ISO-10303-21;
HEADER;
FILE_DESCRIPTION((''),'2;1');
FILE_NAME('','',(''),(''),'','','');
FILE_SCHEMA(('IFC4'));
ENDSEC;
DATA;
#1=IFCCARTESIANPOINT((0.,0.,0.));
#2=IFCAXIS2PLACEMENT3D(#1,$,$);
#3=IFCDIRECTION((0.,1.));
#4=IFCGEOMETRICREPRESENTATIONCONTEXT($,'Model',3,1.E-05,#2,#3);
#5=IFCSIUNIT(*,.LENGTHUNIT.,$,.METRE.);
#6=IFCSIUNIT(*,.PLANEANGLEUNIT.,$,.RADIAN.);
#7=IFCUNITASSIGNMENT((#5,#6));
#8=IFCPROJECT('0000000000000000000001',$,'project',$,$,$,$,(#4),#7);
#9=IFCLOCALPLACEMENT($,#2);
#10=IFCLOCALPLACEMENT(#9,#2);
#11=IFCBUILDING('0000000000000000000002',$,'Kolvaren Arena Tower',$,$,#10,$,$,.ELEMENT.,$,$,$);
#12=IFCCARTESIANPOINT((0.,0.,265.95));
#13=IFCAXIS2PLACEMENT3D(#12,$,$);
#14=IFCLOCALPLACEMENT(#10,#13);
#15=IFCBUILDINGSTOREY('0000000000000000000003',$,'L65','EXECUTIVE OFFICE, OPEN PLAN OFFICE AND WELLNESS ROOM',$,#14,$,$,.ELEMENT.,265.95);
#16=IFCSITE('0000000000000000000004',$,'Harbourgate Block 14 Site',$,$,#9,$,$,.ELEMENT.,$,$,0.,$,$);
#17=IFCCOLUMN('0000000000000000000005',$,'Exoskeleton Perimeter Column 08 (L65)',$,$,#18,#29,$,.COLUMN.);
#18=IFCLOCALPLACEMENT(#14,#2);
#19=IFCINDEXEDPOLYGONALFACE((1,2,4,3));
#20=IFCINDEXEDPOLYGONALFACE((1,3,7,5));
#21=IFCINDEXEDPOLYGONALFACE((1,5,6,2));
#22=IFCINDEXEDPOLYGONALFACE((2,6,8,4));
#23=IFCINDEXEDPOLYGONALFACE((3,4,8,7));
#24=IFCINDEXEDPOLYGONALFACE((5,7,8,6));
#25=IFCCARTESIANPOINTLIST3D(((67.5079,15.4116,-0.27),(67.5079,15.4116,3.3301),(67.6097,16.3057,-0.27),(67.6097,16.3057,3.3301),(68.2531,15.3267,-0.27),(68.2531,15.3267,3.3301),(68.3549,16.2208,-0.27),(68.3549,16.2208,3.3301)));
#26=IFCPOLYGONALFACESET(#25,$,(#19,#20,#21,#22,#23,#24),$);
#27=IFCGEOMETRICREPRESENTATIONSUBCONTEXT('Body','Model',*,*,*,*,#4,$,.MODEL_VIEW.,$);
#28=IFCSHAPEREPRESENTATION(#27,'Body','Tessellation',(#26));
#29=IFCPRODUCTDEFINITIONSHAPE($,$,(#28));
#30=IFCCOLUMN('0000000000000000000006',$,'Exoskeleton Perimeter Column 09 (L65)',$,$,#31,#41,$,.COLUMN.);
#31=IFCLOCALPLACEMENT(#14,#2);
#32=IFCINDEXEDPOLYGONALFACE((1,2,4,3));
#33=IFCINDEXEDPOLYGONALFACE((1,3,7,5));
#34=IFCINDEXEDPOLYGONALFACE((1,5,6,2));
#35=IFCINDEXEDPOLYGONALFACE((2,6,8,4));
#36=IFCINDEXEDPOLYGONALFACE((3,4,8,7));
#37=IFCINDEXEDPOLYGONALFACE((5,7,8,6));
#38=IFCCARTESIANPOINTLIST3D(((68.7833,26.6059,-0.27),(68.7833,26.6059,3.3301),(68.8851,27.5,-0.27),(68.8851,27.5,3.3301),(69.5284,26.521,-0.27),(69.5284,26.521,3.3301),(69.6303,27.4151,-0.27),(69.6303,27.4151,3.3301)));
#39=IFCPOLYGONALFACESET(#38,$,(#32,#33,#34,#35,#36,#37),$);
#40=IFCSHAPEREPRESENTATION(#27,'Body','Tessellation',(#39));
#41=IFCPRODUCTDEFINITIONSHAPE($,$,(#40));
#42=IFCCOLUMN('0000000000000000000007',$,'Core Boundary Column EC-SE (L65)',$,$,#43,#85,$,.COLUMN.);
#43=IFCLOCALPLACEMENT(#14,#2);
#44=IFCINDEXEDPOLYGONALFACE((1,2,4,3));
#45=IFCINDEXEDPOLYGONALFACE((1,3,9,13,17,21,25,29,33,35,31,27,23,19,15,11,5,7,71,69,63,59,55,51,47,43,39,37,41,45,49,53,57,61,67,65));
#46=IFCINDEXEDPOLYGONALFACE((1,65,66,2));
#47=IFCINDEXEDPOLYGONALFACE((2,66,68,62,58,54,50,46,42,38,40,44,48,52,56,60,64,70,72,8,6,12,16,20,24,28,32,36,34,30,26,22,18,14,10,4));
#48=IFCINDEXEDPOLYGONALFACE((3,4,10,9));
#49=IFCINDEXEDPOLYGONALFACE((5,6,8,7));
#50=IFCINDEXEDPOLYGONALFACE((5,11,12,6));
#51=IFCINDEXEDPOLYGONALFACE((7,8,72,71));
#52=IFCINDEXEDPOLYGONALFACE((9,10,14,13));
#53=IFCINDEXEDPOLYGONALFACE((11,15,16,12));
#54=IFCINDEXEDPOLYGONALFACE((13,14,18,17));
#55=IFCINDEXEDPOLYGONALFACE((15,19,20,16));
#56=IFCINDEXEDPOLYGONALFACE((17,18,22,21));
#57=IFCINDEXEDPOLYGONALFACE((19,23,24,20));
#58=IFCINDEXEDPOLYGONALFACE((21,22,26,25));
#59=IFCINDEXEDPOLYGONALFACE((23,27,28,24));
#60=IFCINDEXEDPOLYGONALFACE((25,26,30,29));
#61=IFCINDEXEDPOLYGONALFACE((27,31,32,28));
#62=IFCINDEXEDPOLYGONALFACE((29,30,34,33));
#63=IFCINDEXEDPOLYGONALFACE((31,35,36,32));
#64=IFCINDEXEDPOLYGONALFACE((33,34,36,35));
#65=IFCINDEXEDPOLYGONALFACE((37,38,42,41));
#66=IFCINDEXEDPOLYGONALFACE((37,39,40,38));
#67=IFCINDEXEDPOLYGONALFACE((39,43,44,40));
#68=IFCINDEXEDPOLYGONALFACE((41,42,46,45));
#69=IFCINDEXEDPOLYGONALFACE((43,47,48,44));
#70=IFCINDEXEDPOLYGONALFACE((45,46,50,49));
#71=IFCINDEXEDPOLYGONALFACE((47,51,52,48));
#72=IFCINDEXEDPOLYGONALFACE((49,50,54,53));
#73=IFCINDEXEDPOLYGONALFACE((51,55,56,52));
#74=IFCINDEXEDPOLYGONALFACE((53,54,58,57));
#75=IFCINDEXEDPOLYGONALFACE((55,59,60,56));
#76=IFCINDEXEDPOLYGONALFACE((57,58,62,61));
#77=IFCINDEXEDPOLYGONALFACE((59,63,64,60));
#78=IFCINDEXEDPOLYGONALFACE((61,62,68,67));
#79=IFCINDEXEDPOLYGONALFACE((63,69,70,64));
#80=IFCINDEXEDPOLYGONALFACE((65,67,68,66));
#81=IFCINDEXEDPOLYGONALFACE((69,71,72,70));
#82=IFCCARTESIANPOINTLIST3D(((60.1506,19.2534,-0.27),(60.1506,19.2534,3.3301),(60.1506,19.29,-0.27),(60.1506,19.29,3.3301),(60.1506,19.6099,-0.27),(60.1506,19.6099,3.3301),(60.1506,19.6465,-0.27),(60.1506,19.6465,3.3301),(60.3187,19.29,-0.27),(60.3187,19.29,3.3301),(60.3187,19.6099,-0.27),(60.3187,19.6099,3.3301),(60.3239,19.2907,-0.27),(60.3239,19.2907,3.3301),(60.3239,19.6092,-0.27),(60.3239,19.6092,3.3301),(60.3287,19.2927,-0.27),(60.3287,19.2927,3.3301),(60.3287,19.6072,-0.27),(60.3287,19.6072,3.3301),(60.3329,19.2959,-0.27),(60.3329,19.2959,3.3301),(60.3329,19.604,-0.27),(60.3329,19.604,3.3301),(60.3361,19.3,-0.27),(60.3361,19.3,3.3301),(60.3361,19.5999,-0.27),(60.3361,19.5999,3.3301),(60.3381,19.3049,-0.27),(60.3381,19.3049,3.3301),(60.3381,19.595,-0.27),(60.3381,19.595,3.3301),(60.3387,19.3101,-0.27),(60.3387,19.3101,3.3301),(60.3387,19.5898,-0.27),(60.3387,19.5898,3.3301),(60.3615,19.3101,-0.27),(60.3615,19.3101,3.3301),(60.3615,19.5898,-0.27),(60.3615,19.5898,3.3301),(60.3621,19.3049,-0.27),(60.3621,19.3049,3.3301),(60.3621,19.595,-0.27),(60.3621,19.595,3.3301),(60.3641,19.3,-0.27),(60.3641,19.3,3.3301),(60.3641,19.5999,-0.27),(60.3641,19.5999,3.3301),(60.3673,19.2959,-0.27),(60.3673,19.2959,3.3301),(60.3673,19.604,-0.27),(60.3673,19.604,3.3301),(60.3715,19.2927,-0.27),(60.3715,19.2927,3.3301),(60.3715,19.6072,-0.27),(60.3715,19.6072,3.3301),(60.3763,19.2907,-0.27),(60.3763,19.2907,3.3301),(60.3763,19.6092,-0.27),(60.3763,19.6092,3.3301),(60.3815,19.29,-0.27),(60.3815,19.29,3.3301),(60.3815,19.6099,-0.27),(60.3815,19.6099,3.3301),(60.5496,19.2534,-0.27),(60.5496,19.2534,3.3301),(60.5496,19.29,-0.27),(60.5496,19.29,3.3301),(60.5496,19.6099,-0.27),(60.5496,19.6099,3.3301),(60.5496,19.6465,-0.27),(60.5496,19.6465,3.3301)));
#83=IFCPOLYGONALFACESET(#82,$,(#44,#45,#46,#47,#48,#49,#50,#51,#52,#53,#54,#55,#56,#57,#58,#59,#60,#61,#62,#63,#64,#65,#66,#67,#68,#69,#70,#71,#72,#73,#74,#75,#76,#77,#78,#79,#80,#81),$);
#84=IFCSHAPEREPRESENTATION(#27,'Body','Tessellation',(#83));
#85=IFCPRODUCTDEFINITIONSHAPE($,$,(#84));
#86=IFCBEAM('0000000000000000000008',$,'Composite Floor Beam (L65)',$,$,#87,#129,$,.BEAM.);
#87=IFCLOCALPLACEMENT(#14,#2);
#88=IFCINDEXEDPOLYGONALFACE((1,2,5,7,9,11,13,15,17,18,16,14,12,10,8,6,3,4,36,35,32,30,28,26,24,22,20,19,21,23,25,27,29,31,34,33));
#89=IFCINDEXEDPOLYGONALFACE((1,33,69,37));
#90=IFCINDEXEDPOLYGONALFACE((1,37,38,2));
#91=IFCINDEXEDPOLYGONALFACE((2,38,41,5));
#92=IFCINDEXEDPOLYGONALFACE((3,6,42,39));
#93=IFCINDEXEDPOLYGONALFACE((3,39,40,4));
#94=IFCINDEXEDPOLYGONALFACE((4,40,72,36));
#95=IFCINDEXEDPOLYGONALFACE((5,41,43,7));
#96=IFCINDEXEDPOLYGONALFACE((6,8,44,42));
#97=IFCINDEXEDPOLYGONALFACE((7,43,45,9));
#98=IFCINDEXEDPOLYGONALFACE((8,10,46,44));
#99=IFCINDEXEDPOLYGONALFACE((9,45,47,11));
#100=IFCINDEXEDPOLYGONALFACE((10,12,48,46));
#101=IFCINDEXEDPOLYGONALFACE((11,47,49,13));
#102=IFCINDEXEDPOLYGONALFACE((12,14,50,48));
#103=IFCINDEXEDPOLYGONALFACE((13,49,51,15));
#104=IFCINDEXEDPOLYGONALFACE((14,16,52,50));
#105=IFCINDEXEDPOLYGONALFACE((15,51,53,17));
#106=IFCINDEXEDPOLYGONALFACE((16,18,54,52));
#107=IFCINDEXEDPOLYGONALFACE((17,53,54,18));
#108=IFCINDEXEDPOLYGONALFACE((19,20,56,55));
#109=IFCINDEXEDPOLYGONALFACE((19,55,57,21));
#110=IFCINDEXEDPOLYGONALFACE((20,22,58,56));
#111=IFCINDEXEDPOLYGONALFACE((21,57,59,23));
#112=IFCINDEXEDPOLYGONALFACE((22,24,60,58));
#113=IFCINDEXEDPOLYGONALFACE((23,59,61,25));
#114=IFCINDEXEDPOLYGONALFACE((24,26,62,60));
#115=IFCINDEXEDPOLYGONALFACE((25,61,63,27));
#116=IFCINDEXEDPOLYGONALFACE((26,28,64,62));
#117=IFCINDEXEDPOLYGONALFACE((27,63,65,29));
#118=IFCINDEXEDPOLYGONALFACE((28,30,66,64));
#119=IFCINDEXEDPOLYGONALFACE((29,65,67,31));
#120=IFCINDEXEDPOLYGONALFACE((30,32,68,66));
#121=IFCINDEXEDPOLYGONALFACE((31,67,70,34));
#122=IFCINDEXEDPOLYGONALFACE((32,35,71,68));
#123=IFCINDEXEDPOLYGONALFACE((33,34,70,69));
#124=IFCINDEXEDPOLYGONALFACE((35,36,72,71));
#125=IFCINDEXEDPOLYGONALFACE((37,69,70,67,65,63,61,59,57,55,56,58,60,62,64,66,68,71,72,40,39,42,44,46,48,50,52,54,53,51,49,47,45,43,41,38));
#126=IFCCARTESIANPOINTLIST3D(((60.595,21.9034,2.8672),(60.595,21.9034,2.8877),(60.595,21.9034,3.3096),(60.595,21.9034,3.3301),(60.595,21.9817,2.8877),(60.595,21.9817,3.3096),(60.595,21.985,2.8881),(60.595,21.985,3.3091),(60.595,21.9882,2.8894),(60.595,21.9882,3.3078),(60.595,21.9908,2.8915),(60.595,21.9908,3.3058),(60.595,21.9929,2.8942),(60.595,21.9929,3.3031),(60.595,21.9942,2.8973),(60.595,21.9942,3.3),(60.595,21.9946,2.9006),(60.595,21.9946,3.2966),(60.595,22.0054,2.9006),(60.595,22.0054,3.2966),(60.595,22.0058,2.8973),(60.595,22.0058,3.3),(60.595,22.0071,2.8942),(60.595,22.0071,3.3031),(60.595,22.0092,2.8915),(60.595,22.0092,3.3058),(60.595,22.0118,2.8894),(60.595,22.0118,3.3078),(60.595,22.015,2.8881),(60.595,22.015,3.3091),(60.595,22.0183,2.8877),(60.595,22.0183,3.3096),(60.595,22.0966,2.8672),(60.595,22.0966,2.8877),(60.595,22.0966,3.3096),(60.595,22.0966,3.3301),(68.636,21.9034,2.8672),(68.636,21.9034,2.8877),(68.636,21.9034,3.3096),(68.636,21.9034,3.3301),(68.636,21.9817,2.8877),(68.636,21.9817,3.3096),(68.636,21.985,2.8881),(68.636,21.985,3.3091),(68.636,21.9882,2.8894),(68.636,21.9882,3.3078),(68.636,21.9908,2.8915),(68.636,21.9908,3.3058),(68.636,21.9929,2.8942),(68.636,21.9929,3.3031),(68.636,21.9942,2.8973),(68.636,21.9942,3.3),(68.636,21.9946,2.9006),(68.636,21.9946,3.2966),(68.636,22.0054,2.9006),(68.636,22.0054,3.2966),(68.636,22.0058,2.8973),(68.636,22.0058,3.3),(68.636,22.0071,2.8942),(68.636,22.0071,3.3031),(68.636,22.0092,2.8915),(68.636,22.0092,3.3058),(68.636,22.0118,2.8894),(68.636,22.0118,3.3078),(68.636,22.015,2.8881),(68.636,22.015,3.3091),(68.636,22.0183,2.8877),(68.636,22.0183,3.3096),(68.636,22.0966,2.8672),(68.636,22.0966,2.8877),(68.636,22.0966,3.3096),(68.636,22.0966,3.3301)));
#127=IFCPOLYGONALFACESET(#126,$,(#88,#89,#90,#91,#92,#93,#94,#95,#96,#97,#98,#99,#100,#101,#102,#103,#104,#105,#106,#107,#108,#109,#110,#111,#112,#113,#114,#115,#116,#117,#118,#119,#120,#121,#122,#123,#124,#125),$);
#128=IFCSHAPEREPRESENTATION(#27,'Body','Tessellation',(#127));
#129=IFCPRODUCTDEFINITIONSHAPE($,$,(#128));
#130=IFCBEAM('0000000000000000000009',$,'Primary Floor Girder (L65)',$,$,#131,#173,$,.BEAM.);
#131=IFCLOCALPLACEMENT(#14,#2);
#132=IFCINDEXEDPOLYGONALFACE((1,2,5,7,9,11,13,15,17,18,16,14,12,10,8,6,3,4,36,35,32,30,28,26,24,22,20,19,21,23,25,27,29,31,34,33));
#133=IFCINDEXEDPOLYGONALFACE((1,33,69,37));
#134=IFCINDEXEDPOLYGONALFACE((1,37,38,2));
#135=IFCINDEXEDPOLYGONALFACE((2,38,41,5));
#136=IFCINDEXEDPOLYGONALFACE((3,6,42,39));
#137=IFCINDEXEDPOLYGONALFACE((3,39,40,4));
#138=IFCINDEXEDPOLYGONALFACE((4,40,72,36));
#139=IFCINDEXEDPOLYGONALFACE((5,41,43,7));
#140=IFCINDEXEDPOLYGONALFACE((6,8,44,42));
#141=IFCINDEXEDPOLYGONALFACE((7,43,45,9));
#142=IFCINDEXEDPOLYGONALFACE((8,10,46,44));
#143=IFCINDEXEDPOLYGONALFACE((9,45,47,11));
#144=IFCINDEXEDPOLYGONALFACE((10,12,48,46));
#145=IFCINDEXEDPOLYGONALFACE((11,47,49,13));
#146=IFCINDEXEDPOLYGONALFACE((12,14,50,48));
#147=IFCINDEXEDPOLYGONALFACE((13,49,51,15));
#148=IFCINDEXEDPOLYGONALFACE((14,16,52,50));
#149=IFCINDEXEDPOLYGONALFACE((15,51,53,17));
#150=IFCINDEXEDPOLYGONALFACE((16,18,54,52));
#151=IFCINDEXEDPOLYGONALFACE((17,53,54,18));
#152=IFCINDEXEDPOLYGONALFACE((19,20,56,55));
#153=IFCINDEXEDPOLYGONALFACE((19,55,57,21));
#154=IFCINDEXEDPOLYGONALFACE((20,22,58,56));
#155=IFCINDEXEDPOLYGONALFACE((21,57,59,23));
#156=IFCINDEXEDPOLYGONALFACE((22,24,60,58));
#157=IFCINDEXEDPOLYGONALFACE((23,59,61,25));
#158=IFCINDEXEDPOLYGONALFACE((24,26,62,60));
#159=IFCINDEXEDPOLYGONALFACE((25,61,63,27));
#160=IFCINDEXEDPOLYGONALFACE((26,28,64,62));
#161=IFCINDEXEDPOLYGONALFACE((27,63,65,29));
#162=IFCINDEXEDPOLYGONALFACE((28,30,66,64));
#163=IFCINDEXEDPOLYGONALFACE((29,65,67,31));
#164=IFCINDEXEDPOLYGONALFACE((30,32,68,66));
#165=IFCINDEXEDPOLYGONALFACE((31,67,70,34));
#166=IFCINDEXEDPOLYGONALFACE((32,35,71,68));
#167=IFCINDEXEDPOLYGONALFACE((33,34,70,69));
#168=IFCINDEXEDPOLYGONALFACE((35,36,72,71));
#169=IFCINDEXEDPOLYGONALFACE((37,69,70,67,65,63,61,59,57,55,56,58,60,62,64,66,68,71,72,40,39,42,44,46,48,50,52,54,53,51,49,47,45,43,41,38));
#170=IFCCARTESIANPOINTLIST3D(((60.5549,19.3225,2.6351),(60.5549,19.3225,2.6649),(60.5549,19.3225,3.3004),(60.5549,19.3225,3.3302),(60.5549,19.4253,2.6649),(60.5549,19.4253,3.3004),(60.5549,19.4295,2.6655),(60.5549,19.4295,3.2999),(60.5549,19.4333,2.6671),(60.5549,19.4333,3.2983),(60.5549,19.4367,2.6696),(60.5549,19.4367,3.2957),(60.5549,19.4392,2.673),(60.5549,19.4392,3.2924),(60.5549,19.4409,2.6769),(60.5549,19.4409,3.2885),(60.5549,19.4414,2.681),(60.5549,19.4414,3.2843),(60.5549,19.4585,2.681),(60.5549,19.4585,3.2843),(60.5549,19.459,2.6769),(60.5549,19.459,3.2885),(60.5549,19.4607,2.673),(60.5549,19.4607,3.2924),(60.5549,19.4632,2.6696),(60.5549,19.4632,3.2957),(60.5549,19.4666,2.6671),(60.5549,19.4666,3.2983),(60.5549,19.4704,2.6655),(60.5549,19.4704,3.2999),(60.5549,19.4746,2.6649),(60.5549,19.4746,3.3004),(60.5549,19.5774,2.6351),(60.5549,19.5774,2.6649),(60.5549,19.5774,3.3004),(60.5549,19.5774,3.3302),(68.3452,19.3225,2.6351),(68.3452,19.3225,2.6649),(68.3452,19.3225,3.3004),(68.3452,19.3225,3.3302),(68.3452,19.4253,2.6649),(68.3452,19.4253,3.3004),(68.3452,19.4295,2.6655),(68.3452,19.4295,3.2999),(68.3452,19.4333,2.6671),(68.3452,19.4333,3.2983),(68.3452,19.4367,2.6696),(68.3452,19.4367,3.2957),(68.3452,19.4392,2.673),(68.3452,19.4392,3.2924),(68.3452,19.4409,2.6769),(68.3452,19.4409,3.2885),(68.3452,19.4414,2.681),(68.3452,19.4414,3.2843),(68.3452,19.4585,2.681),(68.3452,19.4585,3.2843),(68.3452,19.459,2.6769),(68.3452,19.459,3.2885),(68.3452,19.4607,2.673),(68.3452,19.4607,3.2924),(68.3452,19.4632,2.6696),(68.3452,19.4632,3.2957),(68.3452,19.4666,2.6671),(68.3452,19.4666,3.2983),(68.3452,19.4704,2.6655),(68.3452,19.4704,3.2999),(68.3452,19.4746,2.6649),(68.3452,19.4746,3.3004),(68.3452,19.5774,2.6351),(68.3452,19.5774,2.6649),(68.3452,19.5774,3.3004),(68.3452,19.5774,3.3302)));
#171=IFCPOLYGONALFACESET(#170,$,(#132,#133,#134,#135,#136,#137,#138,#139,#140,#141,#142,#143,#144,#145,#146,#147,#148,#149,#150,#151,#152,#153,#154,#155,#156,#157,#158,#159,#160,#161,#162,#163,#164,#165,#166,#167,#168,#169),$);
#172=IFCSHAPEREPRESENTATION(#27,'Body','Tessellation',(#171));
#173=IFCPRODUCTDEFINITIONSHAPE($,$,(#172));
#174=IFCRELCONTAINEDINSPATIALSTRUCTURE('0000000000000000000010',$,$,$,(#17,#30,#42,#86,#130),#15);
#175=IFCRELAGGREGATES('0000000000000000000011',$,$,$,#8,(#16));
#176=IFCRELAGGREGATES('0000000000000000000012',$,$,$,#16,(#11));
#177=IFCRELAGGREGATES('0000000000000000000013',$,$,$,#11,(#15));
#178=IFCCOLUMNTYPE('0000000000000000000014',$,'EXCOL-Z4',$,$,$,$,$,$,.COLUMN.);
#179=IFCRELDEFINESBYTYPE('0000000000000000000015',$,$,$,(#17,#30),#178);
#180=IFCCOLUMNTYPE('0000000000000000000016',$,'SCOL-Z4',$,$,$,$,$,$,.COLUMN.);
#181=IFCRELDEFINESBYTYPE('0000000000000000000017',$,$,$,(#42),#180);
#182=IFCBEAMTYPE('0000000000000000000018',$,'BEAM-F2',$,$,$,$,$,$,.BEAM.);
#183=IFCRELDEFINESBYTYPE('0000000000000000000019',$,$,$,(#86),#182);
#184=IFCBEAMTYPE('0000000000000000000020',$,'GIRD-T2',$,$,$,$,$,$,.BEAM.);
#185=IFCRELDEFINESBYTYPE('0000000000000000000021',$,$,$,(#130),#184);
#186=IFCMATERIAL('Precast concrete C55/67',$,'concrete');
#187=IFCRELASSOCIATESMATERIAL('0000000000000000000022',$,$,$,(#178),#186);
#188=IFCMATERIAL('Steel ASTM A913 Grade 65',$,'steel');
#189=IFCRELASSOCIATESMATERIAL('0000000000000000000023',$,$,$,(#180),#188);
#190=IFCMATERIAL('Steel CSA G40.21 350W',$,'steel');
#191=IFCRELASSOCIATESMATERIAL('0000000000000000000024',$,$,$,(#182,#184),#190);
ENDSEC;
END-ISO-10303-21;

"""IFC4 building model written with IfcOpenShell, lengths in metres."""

from ifc_helpers import new_model, si_unit, direction, frame, origin, origin_2d, place, context, subcontext, project, spatial, rectangle, i_section, extrude, material, material_profile, profile_set, type_object, element, save


model = new_model("IFC4")

# Units and contexts
model_context = context("Model", 3, precision=1e-05, world=origin(), true_north=direction((0.0, 1.0)))
body_context = subcontext(model_context, "Body", "Model", "MODEL_VIEW")
ifc_project = project(units=[si_unit("LENGTHUNIT", "METRE"), si_unit("PLANEANGLEUNIT", "RADIAN")], contexts=[model_context])

# Site, building, storey
site_placement = place(None, origin())
site = spatial("IfcSite", under=ifc_project, at=site_placement, Name="Harbourgate Block 14 Site", CompositionType="ELEMENT", RefElevation=0.0)
building_placement = place(site_placement, origin())
building = spatial("IfcBuilding", under=site, at=building_placement, Name="Kolvaren Arena Tower", CompositionType="ELEMENT")
storey_placement = place(building_placement, frame((0.0, 0.0, 265.95)))
storey = spatial("IfcBuildingStorey", under=building, at=storey_placement, Name="L65", Description="EXECUTIVE OFFICE, OPEN PLAN OFFICE AND WELLNESS ROOM", CompositionType="ELEMENT", Elevation=265.95)

# Columns
ifc_material_1 = material(Name="Precast concrete C55/67", Category="concrete")
ifc_material_profile_1 = material_profile(ifc_material_1, rectangle(XDim=0.8999, YDim=0.75, at=origin_2d()), Name="RC-900x750")
ifc_profile_set_1 = profile_set([ifc_material_profile_1], Name="Precast concrete C55/67")
column_type_1 = type_object("IfcColumnType", Name="EXCOL-Z4", PredefinedType="COLUMN", material=ifc_profile_set_1)
for number, where, z_axis, x_axis, name in (
    (1, (67.9314, 15.8162, -0.27), (0.0, 0.0, 1.0), (0.113203, 0.993572, 0.0), "Exoskeleton Perimeter Column 08 (L65)"),
    (2, (69.2068, 27.0105, -0.27), (0.0, 0.0, 1.0), (0.113203, 0.993572, 0.0), "Exoskeleton Perimeter Column 09 (L65)"),
):
    element("IfcColumn", number, at=place(storey_placement, frame(where, z_axis=z_axis, x_axis=x_axis)), inside=storey, type_object=column_type_1, Name=name, PredefinedType="COLUMN", context=body_context, shape_type="SweptSolid", body=[
        extrude(rectangle(XDim=0.8999, YDim=0.75, at=origin_2d()), origin(), (0.0, 0.0, 1.0), 3.6001),
    ])
ifc_material_2 = material(Name="Steel ASTM A913 Grade 65", Category="steel")
ifc_material_profile_2 = material_profile(ifc_material_2, i_section(OverallWidth=0.3989, OverallDepth=0.3931, WebThickness=0.0227, FlangeThickness=0.0366, FilletRadius=0.02, at=origin_2d()), Name="W360x287")
ifc_profile_set_2 = profile_set([ifc_material_profile_2], Name="Steel ASTM A913 Grade 65")
column_type_2 = type_object("IfcColumnType", Name="SCOL-Z4", PredefinedType="COLUMN", material=ifc_profile_set_2)
column_placement = place(storey_placement, frame((60.3501, 19.45, -0.27), z_axis=(0.0, 0.0, 1.0), x_axis=(1.0, 0.0, 0.0)))
element("IfcColumn", 3, at=column_placement, inside=storey, type_object=column_type_2, Name="Core Boundary Column EC-SE (L65)", PredefinedType="COLUMN", context=body_context, shape_type="SweptSolid", body=[
    extrude(i_section(OverallWidth=0.3989, OverallDepth=0.3931, WebThickness=0.0227, FlangeThickness=0.0366, FilletRadius=0.02, at=origin_2d()), origin(), (0.0, 0.0, 1.0), 3.6001),
])

# Beams
ifc_material_3 = material(Name="Steel CSA G40.21 350W", Category="steel")
ifc_material_profile_3 = material_profile(ifc_material_3, i_section(OverallWidth=0.1931, OverallDepth=0.4629, WebThickness=0.0107, FlangeThickness=0.0205, FilletRadius=0.0129, at=origin_2d()), Name="W460x113")
ifc_profile_set_3 = profile_set([ifc_material_profile_3], Name="Steel CSA G40.21 350W")
beam_type_1 = type_object("IfcBeamType", Name="BEAM-F2", PredefinedType="BEAM", material=ifc_profile_set_3)
beam_1_placement = place(storey_placement, frame((60.595, 22.0, 3.0986), z_axis=(1.0, 0.0, 0.0), x_axis=(0.0, 1.0, 0.0)))
element("IfcBeam", 4, at=beam_1_placement, inside=storey, type_object=beam_type_1, Name="Composite Floor Beam (L65)", PredefinedType="BEAM", context=body_context, shape_type="SweptSolid", body=[
    extrude(i_section(OverallWidth=0.1931, OverallDepth=0.4629, WebThickness=0.0107, FlangeThickness=0.0205, FilletRadius=0.0129, at=origin_2d()), origin(), (0.0, 0.0, 1.0), 8.041),
])
ifc_material_profile_4 = material_profile(ifc_material_3, i_section(OverallWidth=0.2549, OverallDepth=0.6951, WebThickness=0.0171, FlangeThickness=0.0298, FilletRadius=0.0161, at=origin_2d()), Name="W690x217")
ifc_profile_set_4 = profile_set([ifc_material_profile_4], Name="Steel CSA G40.21 350W")
beam_type_2 = type_object("IfcBeamType", Name="GIRD-T2", PredefinedType="BEAM", material=ifc_profile_set_4)
beam_2_placement = place(storey_placement, frame((60.5549, 19.45, 2.9827), z_axis=(1.0, 0.0, 0.0), x_axis=(0.0, 1.0, 0.0)))
element("IfcBeam", 5, at=beam_2_placement, inside=storey, type_object=beam_type_2, Name="Primary Floor Girder (L65)", PredefinedType="BEAM", context=body_context, shape_type="SweptSolid", body=[
    extrude(i_section(OverallWidth=0.2549, OverallDepth=0.6951, WebThickness=0.0171, FlangeThickness=0.0298, FilletRadius=0.0161, at=origin_2d()), origin(), (0.0, 0.0, 1.0), 7.7903),
])

save(model, "model.ifc")
